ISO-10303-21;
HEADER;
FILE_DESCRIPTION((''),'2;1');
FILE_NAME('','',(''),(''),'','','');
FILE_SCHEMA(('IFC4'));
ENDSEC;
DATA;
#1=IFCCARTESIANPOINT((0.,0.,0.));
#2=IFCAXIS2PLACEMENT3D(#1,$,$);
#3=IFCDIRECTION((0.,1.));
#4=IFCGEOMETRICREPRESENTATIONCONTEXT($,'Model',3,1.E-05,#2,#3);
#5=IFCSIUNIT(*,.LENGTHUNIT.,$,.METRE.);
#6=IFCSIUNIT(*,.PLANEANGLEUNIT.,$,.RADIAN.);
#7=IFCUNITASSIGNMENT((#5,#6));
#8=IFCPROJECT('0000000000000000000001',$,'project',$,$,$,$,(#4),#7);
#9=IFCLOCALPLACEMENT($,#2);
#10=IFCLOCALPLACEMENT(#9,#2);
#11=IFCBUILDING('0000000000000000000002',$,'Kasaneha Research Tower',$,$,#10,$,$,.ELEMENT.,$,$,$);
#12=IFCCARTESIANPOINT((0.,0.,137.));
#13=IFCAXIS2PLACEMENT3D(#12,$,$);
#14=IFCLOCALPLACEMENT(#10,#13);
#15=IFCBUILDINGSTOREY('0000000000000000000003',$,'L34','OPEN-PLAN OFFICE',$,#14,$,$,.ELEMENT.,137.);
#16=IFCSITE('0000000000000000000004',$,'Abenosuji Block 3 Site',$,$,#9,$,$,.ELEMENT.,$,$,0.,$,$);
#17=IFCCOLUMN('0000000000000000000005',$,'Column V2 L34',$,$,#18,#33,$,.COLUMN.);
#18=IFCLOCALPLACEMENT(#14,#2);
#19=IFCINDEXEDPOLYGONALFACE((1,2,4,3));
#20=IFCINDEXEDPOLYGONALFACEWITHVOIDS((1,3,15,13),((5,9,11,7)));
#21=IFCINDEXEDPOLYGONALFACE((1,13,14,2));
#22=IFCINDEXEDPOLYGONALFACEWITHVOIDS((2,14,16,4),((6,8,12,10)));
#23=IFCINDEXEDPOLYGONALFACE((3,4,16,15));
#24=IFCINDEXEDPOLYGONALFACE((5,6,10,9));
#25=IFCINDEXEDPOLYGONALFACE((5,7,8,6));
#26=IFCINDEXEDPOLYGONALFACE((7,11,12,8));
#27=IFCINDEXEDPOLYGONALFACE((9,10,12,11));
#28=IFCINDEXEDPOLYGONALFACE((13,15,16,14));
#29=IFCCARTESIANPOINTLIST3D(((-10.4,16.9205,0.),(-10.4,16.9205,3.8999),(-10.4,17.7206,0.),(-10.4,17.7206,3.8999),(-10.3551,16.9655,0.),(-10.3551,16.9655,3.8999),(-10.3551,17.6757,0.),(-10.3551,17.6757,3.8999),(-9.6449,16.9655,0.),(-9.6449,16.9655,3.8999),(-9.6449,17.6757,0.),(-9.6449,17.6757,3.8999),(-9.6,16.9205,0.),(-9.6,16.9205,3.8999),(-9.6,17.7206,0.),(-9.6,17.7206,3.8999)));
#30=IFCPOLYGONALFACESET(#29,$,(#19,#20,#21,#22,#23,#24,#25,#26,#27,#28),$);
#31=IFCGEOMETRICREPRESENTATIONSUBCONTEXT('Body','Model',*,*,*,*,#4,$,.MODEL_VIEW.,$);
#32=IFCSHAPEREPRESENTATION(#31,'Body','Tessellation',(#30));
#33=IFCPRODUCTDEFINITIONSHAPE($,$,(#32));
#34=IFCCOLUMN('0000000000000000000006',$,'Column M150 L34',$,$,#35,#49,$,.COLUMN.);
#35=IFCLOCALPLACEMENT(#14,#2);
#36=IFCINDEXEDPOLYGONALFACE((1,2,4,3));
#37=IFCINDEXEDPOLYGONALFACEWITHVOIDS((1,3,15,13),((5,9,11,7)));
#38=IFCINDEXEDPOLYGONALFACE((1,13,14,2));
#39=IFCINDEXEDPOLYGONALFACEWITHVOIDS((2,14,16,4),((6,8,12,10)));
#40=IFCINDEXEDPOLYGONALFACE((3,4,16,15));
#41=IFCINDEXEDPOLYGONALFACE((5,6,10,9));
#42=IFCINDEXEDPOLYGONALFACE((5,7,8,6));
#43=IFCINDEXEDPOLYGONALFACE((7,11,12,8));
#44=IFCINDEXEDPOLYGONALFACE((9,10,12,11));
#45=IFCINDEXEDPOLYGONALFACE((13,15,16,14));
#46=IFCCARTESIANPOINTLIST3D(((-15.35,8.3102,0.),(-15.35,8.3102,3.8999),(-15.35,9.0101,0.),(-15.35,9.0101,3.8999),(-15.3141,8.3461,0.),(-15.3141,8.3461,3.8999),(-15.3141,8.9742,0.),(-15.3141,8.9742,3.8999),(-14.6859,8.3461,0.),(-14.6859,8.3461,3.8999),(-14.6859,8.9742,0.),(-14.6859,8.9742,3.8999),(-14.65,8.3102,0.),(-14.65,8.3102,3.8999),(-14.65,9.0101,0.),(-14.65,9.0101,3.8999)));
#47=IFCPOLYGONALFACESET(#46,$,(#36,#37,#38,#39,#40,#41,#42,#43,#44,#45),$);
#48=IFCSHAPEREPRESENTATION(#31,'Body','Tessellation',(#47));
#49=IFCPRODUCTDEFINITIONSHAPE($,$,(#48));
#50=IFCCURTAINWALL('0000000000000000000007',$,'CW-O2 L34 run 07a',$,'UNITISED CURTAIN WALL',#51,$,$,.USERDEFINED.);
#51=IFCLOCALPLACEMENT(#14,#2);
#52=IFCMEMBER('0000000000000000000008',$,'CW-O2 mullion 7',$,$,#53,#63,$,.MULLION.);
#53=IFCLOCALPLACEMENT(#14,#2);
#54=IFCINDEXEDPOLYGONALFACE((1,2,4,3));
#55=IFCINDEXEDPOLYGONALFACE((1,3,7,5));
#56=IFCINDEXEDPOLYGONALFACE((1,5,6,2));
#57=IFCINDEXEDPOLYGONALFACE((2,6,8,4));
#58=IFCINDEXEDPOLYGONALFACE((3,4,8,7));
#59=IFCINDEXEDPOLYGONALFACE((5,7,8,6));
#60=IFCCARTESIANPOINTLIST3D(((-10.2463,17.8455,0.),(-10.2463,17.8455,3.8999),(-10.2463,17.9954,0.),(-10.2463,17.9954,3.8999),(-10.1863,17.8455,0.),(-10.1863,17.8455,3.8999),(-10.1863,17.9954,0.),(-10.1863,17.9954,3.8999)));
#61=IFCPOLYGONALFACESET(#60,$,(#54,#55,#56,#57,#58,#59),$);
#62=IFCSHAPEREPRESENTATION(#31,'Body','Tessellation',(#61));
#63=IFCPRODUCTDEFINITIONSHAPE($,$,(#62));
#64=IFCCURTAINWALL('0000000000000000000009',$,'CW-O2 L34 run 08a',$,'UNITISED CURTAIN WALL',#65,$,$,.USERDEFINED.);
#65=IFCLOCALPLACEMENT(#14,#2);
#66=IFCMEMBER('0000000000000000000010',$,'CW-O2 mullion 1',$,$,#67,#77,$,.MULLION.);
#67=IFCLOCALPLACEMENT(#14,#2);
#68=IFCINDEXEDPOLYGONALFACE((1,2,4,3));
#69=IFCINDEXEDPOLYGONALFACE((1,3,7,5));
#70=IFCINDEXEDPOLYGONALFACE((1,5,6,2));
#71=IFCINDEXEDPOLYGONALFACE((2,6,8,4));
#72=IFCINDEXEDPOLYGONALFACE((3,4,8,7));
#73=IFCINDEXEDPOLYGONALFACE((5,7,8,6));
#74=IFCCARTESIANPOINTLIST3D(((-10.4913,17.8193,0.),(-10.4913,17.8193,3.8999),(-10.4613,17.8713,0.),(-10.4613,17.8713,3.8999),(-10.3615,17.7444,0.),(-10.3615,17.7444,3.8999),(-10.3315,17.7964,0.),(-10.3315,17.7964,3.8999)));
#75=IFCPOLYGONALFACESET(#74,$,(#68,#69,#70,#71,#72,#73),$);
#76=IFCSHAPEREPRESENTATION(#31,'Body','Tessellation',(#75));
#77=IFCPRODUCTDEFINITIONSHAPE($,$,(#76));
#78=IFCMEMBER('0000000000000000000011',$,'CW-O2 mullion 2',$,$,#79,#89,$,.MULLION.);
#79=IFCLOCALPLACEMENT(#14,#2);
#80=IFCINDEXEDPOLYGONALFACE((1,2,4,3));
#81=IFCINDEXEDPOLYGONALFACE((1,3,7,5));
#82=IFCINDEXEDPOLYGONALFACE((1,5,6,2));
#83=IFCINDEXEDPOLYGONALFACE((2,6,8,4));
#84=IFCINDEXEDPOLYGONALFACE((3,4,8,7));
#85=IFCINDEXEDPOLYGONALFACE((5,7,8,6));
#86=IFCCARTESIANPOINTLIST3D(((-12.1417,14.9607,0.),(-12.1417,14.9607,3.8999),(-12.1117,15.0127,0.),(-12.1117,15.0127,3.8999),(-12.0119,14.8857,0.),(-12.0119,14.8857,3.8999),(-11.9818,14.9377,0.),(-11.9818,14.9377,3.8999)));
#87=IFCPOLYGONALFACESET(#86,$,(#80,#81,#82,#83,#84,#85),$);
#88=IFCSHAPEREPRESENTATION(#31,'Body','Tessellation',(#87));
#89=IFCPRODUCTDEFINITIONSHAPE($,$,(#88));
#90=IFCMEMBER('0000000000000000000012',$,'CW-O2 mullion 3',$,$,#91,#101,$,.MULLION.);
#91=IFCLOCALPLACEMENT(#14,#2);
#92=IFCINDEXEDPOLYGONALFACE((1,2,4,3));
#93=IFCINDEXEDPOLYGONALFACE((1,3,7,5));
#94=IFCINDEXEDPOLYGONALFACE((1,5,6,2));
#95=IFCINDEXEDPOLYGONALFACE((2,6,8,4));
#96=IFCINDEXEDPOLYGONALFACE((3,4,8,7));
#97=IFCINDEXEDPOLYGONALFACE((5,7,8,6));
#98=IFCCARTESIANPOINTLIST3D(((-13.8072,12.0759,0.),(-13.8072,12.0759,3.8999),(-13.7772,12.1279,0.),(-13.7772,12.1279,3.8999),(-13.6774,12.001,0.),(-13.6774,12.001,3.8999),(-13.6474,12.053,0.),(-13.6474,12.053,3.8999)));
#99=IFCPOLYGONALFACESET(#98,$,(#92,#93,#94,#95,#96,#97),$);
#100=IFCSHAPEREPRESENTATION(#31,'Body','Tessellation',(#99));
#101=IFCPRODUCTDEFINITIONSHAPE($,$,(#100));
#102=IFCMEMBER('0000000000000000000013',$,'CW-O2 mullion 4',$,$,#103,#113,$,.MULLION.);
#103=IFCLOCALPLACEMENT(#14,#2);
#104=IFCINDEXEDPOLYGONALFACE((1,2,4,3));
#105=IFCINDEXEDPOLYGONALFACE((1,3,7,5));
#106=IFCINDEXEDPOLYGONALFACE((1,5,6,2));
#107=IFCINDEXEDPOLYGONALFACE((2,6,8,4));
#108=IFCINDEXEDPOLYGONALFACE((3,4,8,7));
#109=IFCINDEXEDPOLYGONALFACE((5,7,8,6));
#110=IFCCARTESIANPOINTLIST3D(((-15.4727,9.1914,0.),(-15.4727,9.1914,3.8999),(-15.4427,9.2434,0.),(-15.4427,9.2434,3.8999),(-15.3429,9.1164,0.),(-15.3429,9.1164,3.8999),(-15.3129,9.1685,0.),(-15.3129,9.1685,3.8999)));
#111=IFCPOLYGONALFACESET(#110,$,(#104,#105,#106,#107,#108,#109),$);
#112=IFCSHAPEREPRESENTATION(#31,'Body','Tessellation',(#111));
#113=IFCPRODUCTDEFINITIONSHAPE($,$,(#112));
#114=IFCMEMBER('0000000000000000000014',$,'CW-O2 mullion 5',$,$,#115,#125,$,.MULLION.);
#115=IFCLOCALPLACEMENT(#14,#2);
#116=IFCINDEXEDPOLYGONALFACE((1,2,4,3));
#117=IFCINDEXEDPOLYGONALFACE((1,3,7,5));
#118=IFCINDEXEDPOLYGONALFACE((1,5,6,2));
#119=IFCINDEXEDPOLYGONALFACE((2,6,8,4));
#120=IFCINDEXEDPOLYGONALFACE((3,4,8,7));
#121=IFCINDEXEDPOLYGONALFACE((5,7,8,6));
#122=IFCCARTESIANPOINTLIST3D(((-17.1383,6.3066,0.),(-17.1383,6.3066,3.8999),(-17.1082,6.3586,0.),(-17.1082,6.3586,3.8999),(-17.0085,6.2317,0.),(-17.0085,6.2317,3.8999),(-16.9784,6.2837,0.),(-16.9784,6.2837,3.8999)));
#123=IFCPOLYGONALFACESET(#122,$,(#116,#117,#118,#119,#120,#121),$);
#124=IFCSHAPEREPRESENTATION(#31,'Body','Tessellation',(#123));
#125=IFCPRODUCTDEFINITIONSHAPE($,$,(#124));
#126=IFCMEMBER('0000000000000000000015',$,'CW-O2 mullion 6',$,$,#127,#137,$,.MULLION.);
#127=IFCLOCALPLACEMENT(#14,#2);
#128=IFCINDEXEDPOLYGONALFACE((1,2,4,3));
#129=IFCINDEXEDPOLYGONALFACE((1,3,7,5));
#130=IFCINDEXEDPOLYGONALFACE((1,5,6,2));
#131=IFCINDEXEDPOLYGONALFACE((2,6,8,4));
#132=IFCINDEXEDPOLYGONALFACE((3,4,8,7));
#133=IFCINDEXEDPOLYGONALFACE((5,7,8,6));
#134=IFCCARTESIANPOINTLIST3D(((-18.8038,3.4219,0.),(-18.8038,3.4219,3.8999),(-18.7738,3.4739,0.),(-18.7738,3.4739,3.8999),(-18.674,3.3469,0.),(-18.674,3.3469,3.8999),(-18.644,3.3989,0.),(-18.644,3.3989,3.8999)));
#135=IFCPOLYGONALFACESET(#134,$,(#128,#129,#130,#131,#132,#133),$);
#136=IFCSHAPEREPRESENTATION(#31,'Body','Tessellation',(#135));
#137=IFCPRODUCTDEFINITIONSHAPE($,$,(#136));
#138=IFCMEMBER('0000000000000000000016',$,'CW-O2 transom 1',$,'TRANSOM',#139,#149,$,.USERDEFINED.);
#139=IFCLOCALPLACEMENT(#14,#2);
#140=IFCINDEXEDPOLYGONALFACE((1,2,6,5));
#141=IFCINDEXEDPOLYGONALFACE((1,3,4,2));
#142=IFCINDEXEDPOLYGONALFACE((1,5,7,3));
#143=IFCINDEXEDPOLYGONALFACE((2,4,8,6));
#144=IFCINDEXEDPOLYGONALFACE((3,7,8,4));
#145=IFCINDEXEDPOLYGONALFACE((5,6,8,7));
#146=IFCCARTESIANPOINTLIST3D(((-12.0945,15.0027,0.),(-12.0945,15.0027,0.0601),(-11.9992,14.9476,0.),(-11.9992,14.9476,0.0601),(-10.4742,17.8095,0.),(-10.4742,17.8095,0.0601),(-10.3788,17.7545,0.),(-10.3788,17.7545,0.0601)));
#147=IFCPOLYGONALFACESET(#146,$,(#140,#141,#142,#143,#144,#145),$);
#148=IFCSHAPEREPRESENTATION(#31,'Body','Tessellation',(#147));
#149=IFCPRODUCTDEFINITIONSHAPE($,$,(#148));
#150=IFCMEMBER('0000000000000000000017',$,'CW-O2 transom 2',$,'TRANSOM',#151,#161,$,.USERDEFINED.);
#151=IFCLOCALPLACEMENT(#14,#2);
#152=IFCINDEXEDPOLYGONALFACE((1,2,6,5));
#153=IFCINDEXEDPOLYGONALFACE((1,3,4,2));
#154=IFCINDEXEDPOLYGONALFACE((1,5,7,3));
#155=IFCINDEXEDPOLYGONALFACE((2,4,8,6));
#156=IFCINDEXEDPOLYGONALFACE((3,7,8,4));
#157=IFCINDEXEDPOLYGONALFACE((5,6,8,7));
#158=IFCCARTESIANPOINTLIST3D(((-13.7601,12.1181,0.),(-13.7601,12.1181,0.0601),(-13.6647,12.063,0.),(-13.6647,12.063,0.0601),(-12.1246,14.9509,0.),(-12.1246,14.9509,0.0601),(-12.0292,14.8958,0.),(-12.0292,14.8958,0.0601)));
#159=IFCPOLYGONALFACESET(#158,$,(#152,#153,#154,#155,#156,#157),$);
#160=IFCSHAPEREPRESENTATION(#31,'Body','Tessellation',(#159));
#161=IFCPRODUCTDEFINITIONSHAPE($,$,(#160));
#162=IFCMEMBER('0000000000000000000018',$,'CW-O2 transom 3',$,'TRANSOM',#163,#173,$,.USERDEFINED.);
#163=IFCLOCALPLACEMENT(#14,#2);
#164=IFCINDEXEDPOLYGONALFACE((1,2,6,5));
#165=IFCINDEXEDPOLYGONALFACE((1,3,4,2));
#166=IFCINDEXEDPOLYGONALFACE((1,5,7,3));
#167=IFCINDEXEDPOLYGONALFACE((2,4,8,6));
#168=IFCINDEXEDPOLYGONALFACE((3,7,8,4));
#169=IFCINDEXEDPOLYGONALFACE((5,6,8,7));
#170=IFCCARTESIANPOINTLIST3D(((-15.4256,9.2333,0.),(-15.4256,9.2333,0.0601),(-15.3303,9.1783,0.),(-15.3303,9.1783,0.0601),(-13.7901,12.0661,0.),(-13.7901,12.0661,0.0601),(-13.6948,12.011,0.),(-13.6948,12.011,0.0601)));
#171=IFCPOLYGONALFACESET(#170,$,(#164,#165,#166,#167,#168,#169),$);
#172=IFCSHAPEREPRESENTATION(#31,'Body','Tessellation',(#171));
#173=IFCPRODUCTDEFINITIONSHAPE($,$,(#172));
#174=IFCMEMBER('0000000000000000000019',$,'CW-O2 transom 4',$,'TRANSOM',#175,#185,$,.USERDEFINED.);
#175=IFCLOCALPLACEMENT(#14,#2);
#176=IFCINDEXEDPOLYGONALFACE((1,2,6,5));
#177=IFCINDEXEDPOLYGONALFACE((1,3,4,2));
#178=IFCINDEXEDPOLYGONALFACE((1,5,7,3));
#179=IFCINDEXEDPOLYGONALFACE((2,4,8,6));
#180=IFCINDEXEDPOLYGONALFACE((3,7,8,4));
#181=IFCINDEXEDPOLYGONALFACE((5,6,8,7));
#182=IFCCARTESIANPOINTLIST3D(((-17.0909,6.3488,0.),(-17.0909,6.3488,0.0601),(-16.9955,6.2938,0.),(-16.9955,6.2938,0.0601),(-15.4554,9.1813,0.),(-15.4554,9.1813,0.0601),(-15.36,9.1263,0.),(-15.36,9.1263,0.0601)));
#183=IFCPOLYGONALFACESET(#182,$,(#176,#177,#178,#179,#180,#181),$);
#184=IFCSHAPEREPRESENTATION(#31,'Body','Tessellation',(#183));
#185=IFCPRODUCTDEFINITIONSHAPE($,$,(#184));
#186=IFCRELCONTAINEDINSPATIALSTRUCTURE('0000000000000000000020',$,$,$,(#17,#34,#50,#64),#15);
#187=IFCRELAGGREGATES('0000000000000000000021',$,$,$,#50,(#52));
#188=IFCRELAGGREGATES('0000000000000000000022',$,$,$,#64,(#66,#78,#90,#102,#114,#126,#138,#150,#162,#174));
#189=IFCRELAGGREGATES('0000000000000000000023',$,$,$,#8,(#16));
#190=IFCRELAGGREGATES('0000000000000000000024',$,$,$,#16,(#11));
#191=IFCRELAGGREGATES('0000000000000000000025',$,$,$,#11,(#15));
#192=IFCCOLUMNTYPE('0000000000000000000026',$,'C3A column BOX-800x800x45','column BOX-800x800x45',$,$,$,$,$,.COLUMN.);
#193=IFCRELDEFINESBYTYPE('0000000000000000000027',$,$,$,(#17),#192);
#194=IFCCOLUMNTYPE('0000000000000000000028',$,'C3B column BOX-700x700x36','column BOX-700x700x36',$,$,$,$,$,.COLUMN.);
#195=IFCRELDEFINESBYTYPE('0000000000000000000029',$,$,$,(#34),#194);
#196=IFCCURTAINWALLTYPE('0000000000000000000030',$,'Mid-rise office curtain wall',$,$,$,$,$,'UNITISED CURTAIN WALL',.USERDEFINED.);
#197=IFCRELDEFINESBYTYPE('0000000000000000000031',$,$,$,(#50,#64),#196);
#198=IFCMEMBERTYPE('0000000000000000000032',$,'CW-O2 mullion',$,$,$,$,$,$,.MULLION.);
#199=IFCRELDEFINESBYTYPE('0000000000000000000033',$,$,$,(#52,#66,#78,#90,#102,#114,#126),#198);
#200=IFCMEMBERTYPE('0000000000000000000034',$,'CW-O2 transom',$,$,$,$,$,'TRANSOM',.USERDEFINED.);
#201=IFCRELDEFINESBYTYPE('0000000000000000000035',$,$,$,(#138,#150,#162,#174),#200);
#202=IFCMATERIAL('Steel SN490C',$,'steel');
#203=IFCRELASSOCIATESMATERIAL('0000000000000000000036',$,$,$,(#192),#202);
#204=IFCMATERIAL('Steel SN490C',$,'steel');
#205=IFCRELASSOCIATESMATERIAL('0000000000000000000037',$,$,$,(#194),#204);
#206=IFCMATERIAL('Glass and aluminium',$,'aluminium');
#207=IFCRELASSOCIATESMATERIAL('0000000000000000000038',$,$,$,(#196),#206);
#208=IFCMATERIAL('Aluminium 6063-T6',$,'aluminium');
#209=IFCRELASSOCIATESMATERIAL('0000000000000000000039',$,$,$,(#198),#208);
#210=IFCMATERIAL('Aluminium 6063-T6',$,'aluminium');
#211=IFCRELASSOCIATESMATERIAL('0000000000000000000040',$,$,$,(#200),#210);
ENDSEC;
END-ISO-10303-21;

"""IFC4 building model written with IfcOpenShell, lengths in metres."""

from ifc_helpers import new_model, si_unit, direction, frame, origin, origin_2d, place, context, subcontext, project, spatial, rectangle, hollow_rectangle, extrude, material, material_profile, profile_set, type_object, element, aggregate, save


model = new_model("IFC4")

# Units and contexts
model_context = context("Model", 3, precision=1e-05, world=origin(), true_north=direction((0.0, 1.0)))
body_context = subcontext(model_context, "Body", "Model", "MODEL_VIEW")
ifc_project = project(units=[si_unit("LENGTHUNIT", "METRE"), si_unit("PLANEANGLEUNIT", "RADIAN")], contexts=[model_context])

# Site, building, storey
site_placement = place(None, origin())
site = spatial("IfcSite", under=ifc_project, at=site_placement, Name="Abenosuji Block 3 Site", CompositionType="ELEMENT", RefElevation=0.0)
building_placement = place(site_placement, origin())
building = spatial("IfcBuilding", under=site, at=building_placement, Name="Kasaneha Research Tower", CompositionType="ELEMENT")
storey_placement = place(building_placement, frame((0.0, 0.0, 137.0)))
storey = spatial("IfcBuildingStorey", under=building, at=storey_placement, Name="L34", Description="OPEN-PLAN OFFICE", CompositionType="ELEMENT", Elevation=137.0)

# Columns
ifc_material_1 = material(Name="Steel SN490C", Category="steel")
ifc_material_profile_1 = material_profile(ifc_material_1, hollow_rectangle(XDim=0.8, YDim=0.8, WallThickness=0.0449, at=origin_2d()), Name="BOX-800x800x45")
ifc_profile_set_1 = profile_set([ifc_material_profile_1], Name="Steel SN490C")
column_type_1 = type_object("IfcColumnType", Name="C3A column BOX-800x800x45", Description="column BOX-800x800x45", PredefinedType="COLUMN", material=ifc_profile_set_1)
column_1_placement = place(storey_placement, frame((-10.0, 17.3206, 0.0), z_axis=(0.0, 0.0, 1.0), x_axis=(1.0, 0.0, 0.0)))
element("IfcColumn", 1, at=column_1_placement, inside=storey, type_object=column_type_1, Name="Column V2 L34", PredefinedType="COLUMN", context=body_context, shape_type="SweptSolid", body=[
    extrude(hollow_rectangle(XDim=0.8, YDim=0.8, WallThickness=0.0449, at=origin_2d()), origin(), (0.0, 0.0, 1.0), 3.8999),
])
ifc_material_2 = material(Name="Steel SN490C", Category="steel")
ifc_material_profile_2 = material_profile(ifc_material_2, hollow_rectangle(XDim=0.7, YDim=0.7, WallThickness=0.0359, at=origin_2d()), Name="BOX-700x700x36")
ifc_profile_set_2 = profile_set([ifc_material_profile_2], Name="Steel SN490C")
column_type_2 = type_object("IfcColumnType", Name="C3B column BOX-700x700x36", Description="column BOX-700x700x36", PredefinedType="COLUMN", material=ifc_profile_set_2)
column_2_placement = place(storey_placement, frame((-15.0, 8.6602, 0.0), z_axis=(0.0, 0.0, 1.0), x_axis=(1.0, 0.0, 0.0)))
element("IfcColumn", 2, at=column_2_placement, inside=storey, type_object=column_type_2, Name="Column M150 L34", PredefinedType="COLUMN", context=body_context, shape_type="SweptSolid", body=[
    extrude(hollow_rectangle(XDim=0.7, YDim=0.7, WallThickness=0.0359, at=origin_2d()), origin(), (0.0, 0.0, 1.0), 3.8999),
])

# Curtain wall, member
ifc_material_3 = material(Name="Glass and aluminium", Category="aluminium")
curtain_wall_type = type_object("IfcCurtainWallType", Name="Mid-rise office curtain wall", ElementType="UNITISED CURTAIN WALL", PredefinedType="USERDEFINED", material=ifc_material_3)
curtain_wall_1_placement = place(storey_placement, origin())
curtain_wall_1 = element("IfcCurtainWall", 3, at=curtain_wall_1_placement, inside=storey, type_object=curtain_wall_type, Name="CW-O2 L34 run 07a", ObjectType="UNITISED CURTAIN WALL", PredefinedType="USERDEFINED")
ifc_material_4 = material(Name="Aluminium 6063-T6", Category="aluminium")
ifc_material_profile_3 = material_profile(ifc_material_4, rectangle(XDim=0.0601, YDim=0.1499, at=origin_2d()), Name="CW-O2 mullion 60x150")
ifc_profile_set_3 = profile_set([ifc_material_profile_3], Name="Aluminium 6063-T6")
member_type_1 = type_object("IfcMemberType", Name="CW-O2 mullion", PredefinedType="MULLION", material=ifc_profile_set_3)
member_1_placement = place(storey_placement, frame((-10.2163, 17.9204, 0.0), z_axis=(0.0, 0.0, 1.0), x_axis=(-1.0, 0.0, 0.0)))
member_1 = element("IfcMember", 4, at=member_1_placement, type_object=member_type_1, Name="CW-O2 mullion 7", PredefinedType="MULLION", context=body_context, shape_type="SweptSolid", body=[
    extrude(rectangle(XDim=0.0601, YDim=0.1499, at=origin_2d()), origin(), (0.0, 0.0, 1.0), 3.8999),
])
aggregate(curtain_wall_1, [member_1])

# Curtain wall, members
curtain_wall_2_placement = place(storey_placement, origin())
curtain_wall_2 = element("IfcCurtainWall", 5, at=curtain_wall_2_placement, inside=storey, type_object=curtain_wall_type, Name="CW-O2 L34 run 08a", ObjectType="UNITISED CURTAIN WALL", PredefinedType="USERDEFINED")
member_2_placement = place(storey_placement, frame((-10.4114, 17.8079, 0.0), z_axis=(0.0, 0.0, 1.0), x_axis=(-0.5, -0.866025, 0.0)))
member_2 = element("IfcMember", 6, at=member_2_placement, type_object=member_type_1, Name="CW-O2 mullion 1", PredefinedType="MULLION", context=body_context, shape_type="SweptSolid", body=[
    extrude(rectangle(XDim=0.0601, YDim=0.1499, at=origin_2d()), origin(), (0.0, 0.0, 1.0), 3.8999),
])
member_3_placement = place(storey_placement, frame((-12.0618, 14.9492, 0.0), z_axis=(0.0, 0.0, 1.0), x_axis=(-0.5, -0.866025, 0.0)))
member_3 = element("IfcMember", 7, at=member_3_placement, type_object=member_type_1, Name="CW-O2 mullion 2", PredefinedType="MULLION", context=body_context, shape_type="SweptSolid", body=[
    extrude(rectangle(XDim=0.0601, YDim=0.1499, at=origin_2d()), origin(), (0.0, 0.0, 1.0), 3.8999),
])
member_4_placement = place(storey_placement, frame((-13.7273, 12.0645, 0.0), z_axis=(0.0, 0.0, 1.0), x_axis=(-0.5, -0.866025, 0.0)))
member_4 = element("IfcMember", 8, at=member_4_placement, type_object=member_type_1, Name="CW-O2 mullion 3", PredefinedType="MULLION", context=body_context, shape_type="SweptSolid", body=[
    extrude(rectangle(XDim=0.0601, YDim=0.1499, at=origin_2d()), origin(), (0.0, 0.0, 1.0), 3.8999),
])
member_5_placement = place(storey_placement, frame((-15.3928, 9.1799, 0.0), z_axis=(0.0, 0.0, 1.0), x_axis=(-0.5, -0.866025, 0.0)))
member_5 = element("IfcMember", 9, at=member_5_placement, type_object=member_type_1, Name="CW-O2 mullion 4", PredefinedType="MULLION", context=body_context, shape_type="SweptSolid", body=[
    extrude(rectangle(XDim=0.0601, YDim=0.1499, at=origin_2d()), origin(), (0.0, 0.0, 1.0), 3.8999),
])
member_6_placement = place(storey_placement, frame((-17.0583, 6.2952, 0.0), z_axis=(0.0, 0.0, 1.0), x_axis=(-0.5, -0.866025, 0.0)))
member_6 = element("IfcMember", 10, at=member_6_placement, type_object=member_type_1, Name="CW-O2 mullion 5", PredefinedType="MULLION", context=body_context, shape_type="SweptSolid", body=[
    extrude(rectangle(XDim=0.0601, YDim=0.1499, at=origin_2d()), origin(), (0.0, 0.0, 1.0), 3.8999),
])
member_7_placement = place(storey_placement, frame((-18.7239, 3.4104, 0.0), z_axis=(0.0, 0.0, 1.0), x_axis=(-0.5, -0.866025, 0.0)))
member_7 = element("IfcMember", 11, at=member_7_placement, type_object=member_type_1, Name="CW-O2 mullion 6", PredefinedType="MULLION", context=body_context, shape_type="SweptSolid", body=[
    extrude(rectangle(XDim=0.0601, YDim=0.1499, at=origin_2d()), origin(), (0.0, 0.0, 1.0), 3.8999),
])
ifc_material_5 = material(Name="Aluminium 6063-T6", Category="aluminium")
ifc_material_profile_4 = material_profile(ifc_material_5, rectangle(XDim=0.1101, YDim=0.0601, at=origin_2d()), Name="CW-O2 transom 110x60")
ifc_profile_set_4 = profile_set([ifc_material_profile_4], Name="Aluminium 6063-T6")
member_type_2 = type_object("IfcMemberType", Name="CW-O2 transom", ElementType="TRANSOM", PredefinedType="USERDEFINED", material=ifc_profile_set_4)
member_8_placement = place(storey_placement, frame((-10.4265, 17.782, 0.03), z_axis=(-0.499955, -0.866051, 0.0), x_axis=(0.866051, -0.499955, 0.0)))
member_8 = element("IfcMember", 12, at=member_8_placement, type_object=member_type_2, Name="CW-O2 transom 1", ObjectType="TRANSOM", PredefinedType="USERDEFINED", context=body_context, shape_type="SweptSolid", body=[
    extrude(rectangle(XDim=0.1101, YDim=0.0601, at=origin_2d()), origin(), (0.0, 0.0, 1.0), 3.241),
])
member_9_placement = place(storey_placement, frame((-12.0769, 14.9233, 0.03), z_axis=(-0.5, -0.866025, 0.0), x_axis=(0.866025, -0.5, 0.0)))
member_9 = element("IfcMember", 13, at=member_9_placement, type_object=member_type_2, Name="CW-O2 transom 2", ObjectType="TRANSOM", PredefinedType="USERDEFINED", context=body_context, shape_type="SweptSolid", body=[
    extrude(rectangle(XDim=0.1101, YDim=0.0601, at=origin_2d()), origin(), (0.0, 0.0, 1.0), 3.271),
])
member_10_placement = place(storey_placement, frame((-13.7424, 12.0386, 0.03), z_axis=(-0.5, -0.866025, 0.0), x_axis=(0.866025, -0.5, 0.0)))
member_10 = element("IfcMember", 14, at=member_10_placement, type_object=member_type_2, Name="CW-O2 transom 3", ObjectType="TRANSOM", PredefinedType="USERDEFINED", context=body_context, shape_type="SweptSolid", body=[
    extrude(rectangle(XDim=0.1101, YDim=0.0601, at=origin_2d()), origin(), (0.0, 0.0, 1.0), 3.271),
])
member_11_placement = place(storey_placement, frame((-15.4077, 9.1538, 0.03), z_axis=(-0.500033, -0.866007, 0.0), x_axis=(0.866007, -0.500033, 0.0)))
member_11 = element("IfcMember", 15, at=member_11_placement, type_object=member_type_2, Name="CW-O2 transom 4", ObjectType="TRANSOM", PredefinedType="USERDEFINED", context=body_context, shape_type="SweptSolid", body=[
    extrude(rectangle(XDim=0.1101, YDim=0.0601, at=origin_2d()), origin(), (0.0, 0.0, 1.0), 3.2708),
])
aggregate(curtain_wall_2, [member_2, member_3, member_4, member_5, member_6, member_7, member_8, member_9, member_10, member_11])

save(model, "model.ifc")
